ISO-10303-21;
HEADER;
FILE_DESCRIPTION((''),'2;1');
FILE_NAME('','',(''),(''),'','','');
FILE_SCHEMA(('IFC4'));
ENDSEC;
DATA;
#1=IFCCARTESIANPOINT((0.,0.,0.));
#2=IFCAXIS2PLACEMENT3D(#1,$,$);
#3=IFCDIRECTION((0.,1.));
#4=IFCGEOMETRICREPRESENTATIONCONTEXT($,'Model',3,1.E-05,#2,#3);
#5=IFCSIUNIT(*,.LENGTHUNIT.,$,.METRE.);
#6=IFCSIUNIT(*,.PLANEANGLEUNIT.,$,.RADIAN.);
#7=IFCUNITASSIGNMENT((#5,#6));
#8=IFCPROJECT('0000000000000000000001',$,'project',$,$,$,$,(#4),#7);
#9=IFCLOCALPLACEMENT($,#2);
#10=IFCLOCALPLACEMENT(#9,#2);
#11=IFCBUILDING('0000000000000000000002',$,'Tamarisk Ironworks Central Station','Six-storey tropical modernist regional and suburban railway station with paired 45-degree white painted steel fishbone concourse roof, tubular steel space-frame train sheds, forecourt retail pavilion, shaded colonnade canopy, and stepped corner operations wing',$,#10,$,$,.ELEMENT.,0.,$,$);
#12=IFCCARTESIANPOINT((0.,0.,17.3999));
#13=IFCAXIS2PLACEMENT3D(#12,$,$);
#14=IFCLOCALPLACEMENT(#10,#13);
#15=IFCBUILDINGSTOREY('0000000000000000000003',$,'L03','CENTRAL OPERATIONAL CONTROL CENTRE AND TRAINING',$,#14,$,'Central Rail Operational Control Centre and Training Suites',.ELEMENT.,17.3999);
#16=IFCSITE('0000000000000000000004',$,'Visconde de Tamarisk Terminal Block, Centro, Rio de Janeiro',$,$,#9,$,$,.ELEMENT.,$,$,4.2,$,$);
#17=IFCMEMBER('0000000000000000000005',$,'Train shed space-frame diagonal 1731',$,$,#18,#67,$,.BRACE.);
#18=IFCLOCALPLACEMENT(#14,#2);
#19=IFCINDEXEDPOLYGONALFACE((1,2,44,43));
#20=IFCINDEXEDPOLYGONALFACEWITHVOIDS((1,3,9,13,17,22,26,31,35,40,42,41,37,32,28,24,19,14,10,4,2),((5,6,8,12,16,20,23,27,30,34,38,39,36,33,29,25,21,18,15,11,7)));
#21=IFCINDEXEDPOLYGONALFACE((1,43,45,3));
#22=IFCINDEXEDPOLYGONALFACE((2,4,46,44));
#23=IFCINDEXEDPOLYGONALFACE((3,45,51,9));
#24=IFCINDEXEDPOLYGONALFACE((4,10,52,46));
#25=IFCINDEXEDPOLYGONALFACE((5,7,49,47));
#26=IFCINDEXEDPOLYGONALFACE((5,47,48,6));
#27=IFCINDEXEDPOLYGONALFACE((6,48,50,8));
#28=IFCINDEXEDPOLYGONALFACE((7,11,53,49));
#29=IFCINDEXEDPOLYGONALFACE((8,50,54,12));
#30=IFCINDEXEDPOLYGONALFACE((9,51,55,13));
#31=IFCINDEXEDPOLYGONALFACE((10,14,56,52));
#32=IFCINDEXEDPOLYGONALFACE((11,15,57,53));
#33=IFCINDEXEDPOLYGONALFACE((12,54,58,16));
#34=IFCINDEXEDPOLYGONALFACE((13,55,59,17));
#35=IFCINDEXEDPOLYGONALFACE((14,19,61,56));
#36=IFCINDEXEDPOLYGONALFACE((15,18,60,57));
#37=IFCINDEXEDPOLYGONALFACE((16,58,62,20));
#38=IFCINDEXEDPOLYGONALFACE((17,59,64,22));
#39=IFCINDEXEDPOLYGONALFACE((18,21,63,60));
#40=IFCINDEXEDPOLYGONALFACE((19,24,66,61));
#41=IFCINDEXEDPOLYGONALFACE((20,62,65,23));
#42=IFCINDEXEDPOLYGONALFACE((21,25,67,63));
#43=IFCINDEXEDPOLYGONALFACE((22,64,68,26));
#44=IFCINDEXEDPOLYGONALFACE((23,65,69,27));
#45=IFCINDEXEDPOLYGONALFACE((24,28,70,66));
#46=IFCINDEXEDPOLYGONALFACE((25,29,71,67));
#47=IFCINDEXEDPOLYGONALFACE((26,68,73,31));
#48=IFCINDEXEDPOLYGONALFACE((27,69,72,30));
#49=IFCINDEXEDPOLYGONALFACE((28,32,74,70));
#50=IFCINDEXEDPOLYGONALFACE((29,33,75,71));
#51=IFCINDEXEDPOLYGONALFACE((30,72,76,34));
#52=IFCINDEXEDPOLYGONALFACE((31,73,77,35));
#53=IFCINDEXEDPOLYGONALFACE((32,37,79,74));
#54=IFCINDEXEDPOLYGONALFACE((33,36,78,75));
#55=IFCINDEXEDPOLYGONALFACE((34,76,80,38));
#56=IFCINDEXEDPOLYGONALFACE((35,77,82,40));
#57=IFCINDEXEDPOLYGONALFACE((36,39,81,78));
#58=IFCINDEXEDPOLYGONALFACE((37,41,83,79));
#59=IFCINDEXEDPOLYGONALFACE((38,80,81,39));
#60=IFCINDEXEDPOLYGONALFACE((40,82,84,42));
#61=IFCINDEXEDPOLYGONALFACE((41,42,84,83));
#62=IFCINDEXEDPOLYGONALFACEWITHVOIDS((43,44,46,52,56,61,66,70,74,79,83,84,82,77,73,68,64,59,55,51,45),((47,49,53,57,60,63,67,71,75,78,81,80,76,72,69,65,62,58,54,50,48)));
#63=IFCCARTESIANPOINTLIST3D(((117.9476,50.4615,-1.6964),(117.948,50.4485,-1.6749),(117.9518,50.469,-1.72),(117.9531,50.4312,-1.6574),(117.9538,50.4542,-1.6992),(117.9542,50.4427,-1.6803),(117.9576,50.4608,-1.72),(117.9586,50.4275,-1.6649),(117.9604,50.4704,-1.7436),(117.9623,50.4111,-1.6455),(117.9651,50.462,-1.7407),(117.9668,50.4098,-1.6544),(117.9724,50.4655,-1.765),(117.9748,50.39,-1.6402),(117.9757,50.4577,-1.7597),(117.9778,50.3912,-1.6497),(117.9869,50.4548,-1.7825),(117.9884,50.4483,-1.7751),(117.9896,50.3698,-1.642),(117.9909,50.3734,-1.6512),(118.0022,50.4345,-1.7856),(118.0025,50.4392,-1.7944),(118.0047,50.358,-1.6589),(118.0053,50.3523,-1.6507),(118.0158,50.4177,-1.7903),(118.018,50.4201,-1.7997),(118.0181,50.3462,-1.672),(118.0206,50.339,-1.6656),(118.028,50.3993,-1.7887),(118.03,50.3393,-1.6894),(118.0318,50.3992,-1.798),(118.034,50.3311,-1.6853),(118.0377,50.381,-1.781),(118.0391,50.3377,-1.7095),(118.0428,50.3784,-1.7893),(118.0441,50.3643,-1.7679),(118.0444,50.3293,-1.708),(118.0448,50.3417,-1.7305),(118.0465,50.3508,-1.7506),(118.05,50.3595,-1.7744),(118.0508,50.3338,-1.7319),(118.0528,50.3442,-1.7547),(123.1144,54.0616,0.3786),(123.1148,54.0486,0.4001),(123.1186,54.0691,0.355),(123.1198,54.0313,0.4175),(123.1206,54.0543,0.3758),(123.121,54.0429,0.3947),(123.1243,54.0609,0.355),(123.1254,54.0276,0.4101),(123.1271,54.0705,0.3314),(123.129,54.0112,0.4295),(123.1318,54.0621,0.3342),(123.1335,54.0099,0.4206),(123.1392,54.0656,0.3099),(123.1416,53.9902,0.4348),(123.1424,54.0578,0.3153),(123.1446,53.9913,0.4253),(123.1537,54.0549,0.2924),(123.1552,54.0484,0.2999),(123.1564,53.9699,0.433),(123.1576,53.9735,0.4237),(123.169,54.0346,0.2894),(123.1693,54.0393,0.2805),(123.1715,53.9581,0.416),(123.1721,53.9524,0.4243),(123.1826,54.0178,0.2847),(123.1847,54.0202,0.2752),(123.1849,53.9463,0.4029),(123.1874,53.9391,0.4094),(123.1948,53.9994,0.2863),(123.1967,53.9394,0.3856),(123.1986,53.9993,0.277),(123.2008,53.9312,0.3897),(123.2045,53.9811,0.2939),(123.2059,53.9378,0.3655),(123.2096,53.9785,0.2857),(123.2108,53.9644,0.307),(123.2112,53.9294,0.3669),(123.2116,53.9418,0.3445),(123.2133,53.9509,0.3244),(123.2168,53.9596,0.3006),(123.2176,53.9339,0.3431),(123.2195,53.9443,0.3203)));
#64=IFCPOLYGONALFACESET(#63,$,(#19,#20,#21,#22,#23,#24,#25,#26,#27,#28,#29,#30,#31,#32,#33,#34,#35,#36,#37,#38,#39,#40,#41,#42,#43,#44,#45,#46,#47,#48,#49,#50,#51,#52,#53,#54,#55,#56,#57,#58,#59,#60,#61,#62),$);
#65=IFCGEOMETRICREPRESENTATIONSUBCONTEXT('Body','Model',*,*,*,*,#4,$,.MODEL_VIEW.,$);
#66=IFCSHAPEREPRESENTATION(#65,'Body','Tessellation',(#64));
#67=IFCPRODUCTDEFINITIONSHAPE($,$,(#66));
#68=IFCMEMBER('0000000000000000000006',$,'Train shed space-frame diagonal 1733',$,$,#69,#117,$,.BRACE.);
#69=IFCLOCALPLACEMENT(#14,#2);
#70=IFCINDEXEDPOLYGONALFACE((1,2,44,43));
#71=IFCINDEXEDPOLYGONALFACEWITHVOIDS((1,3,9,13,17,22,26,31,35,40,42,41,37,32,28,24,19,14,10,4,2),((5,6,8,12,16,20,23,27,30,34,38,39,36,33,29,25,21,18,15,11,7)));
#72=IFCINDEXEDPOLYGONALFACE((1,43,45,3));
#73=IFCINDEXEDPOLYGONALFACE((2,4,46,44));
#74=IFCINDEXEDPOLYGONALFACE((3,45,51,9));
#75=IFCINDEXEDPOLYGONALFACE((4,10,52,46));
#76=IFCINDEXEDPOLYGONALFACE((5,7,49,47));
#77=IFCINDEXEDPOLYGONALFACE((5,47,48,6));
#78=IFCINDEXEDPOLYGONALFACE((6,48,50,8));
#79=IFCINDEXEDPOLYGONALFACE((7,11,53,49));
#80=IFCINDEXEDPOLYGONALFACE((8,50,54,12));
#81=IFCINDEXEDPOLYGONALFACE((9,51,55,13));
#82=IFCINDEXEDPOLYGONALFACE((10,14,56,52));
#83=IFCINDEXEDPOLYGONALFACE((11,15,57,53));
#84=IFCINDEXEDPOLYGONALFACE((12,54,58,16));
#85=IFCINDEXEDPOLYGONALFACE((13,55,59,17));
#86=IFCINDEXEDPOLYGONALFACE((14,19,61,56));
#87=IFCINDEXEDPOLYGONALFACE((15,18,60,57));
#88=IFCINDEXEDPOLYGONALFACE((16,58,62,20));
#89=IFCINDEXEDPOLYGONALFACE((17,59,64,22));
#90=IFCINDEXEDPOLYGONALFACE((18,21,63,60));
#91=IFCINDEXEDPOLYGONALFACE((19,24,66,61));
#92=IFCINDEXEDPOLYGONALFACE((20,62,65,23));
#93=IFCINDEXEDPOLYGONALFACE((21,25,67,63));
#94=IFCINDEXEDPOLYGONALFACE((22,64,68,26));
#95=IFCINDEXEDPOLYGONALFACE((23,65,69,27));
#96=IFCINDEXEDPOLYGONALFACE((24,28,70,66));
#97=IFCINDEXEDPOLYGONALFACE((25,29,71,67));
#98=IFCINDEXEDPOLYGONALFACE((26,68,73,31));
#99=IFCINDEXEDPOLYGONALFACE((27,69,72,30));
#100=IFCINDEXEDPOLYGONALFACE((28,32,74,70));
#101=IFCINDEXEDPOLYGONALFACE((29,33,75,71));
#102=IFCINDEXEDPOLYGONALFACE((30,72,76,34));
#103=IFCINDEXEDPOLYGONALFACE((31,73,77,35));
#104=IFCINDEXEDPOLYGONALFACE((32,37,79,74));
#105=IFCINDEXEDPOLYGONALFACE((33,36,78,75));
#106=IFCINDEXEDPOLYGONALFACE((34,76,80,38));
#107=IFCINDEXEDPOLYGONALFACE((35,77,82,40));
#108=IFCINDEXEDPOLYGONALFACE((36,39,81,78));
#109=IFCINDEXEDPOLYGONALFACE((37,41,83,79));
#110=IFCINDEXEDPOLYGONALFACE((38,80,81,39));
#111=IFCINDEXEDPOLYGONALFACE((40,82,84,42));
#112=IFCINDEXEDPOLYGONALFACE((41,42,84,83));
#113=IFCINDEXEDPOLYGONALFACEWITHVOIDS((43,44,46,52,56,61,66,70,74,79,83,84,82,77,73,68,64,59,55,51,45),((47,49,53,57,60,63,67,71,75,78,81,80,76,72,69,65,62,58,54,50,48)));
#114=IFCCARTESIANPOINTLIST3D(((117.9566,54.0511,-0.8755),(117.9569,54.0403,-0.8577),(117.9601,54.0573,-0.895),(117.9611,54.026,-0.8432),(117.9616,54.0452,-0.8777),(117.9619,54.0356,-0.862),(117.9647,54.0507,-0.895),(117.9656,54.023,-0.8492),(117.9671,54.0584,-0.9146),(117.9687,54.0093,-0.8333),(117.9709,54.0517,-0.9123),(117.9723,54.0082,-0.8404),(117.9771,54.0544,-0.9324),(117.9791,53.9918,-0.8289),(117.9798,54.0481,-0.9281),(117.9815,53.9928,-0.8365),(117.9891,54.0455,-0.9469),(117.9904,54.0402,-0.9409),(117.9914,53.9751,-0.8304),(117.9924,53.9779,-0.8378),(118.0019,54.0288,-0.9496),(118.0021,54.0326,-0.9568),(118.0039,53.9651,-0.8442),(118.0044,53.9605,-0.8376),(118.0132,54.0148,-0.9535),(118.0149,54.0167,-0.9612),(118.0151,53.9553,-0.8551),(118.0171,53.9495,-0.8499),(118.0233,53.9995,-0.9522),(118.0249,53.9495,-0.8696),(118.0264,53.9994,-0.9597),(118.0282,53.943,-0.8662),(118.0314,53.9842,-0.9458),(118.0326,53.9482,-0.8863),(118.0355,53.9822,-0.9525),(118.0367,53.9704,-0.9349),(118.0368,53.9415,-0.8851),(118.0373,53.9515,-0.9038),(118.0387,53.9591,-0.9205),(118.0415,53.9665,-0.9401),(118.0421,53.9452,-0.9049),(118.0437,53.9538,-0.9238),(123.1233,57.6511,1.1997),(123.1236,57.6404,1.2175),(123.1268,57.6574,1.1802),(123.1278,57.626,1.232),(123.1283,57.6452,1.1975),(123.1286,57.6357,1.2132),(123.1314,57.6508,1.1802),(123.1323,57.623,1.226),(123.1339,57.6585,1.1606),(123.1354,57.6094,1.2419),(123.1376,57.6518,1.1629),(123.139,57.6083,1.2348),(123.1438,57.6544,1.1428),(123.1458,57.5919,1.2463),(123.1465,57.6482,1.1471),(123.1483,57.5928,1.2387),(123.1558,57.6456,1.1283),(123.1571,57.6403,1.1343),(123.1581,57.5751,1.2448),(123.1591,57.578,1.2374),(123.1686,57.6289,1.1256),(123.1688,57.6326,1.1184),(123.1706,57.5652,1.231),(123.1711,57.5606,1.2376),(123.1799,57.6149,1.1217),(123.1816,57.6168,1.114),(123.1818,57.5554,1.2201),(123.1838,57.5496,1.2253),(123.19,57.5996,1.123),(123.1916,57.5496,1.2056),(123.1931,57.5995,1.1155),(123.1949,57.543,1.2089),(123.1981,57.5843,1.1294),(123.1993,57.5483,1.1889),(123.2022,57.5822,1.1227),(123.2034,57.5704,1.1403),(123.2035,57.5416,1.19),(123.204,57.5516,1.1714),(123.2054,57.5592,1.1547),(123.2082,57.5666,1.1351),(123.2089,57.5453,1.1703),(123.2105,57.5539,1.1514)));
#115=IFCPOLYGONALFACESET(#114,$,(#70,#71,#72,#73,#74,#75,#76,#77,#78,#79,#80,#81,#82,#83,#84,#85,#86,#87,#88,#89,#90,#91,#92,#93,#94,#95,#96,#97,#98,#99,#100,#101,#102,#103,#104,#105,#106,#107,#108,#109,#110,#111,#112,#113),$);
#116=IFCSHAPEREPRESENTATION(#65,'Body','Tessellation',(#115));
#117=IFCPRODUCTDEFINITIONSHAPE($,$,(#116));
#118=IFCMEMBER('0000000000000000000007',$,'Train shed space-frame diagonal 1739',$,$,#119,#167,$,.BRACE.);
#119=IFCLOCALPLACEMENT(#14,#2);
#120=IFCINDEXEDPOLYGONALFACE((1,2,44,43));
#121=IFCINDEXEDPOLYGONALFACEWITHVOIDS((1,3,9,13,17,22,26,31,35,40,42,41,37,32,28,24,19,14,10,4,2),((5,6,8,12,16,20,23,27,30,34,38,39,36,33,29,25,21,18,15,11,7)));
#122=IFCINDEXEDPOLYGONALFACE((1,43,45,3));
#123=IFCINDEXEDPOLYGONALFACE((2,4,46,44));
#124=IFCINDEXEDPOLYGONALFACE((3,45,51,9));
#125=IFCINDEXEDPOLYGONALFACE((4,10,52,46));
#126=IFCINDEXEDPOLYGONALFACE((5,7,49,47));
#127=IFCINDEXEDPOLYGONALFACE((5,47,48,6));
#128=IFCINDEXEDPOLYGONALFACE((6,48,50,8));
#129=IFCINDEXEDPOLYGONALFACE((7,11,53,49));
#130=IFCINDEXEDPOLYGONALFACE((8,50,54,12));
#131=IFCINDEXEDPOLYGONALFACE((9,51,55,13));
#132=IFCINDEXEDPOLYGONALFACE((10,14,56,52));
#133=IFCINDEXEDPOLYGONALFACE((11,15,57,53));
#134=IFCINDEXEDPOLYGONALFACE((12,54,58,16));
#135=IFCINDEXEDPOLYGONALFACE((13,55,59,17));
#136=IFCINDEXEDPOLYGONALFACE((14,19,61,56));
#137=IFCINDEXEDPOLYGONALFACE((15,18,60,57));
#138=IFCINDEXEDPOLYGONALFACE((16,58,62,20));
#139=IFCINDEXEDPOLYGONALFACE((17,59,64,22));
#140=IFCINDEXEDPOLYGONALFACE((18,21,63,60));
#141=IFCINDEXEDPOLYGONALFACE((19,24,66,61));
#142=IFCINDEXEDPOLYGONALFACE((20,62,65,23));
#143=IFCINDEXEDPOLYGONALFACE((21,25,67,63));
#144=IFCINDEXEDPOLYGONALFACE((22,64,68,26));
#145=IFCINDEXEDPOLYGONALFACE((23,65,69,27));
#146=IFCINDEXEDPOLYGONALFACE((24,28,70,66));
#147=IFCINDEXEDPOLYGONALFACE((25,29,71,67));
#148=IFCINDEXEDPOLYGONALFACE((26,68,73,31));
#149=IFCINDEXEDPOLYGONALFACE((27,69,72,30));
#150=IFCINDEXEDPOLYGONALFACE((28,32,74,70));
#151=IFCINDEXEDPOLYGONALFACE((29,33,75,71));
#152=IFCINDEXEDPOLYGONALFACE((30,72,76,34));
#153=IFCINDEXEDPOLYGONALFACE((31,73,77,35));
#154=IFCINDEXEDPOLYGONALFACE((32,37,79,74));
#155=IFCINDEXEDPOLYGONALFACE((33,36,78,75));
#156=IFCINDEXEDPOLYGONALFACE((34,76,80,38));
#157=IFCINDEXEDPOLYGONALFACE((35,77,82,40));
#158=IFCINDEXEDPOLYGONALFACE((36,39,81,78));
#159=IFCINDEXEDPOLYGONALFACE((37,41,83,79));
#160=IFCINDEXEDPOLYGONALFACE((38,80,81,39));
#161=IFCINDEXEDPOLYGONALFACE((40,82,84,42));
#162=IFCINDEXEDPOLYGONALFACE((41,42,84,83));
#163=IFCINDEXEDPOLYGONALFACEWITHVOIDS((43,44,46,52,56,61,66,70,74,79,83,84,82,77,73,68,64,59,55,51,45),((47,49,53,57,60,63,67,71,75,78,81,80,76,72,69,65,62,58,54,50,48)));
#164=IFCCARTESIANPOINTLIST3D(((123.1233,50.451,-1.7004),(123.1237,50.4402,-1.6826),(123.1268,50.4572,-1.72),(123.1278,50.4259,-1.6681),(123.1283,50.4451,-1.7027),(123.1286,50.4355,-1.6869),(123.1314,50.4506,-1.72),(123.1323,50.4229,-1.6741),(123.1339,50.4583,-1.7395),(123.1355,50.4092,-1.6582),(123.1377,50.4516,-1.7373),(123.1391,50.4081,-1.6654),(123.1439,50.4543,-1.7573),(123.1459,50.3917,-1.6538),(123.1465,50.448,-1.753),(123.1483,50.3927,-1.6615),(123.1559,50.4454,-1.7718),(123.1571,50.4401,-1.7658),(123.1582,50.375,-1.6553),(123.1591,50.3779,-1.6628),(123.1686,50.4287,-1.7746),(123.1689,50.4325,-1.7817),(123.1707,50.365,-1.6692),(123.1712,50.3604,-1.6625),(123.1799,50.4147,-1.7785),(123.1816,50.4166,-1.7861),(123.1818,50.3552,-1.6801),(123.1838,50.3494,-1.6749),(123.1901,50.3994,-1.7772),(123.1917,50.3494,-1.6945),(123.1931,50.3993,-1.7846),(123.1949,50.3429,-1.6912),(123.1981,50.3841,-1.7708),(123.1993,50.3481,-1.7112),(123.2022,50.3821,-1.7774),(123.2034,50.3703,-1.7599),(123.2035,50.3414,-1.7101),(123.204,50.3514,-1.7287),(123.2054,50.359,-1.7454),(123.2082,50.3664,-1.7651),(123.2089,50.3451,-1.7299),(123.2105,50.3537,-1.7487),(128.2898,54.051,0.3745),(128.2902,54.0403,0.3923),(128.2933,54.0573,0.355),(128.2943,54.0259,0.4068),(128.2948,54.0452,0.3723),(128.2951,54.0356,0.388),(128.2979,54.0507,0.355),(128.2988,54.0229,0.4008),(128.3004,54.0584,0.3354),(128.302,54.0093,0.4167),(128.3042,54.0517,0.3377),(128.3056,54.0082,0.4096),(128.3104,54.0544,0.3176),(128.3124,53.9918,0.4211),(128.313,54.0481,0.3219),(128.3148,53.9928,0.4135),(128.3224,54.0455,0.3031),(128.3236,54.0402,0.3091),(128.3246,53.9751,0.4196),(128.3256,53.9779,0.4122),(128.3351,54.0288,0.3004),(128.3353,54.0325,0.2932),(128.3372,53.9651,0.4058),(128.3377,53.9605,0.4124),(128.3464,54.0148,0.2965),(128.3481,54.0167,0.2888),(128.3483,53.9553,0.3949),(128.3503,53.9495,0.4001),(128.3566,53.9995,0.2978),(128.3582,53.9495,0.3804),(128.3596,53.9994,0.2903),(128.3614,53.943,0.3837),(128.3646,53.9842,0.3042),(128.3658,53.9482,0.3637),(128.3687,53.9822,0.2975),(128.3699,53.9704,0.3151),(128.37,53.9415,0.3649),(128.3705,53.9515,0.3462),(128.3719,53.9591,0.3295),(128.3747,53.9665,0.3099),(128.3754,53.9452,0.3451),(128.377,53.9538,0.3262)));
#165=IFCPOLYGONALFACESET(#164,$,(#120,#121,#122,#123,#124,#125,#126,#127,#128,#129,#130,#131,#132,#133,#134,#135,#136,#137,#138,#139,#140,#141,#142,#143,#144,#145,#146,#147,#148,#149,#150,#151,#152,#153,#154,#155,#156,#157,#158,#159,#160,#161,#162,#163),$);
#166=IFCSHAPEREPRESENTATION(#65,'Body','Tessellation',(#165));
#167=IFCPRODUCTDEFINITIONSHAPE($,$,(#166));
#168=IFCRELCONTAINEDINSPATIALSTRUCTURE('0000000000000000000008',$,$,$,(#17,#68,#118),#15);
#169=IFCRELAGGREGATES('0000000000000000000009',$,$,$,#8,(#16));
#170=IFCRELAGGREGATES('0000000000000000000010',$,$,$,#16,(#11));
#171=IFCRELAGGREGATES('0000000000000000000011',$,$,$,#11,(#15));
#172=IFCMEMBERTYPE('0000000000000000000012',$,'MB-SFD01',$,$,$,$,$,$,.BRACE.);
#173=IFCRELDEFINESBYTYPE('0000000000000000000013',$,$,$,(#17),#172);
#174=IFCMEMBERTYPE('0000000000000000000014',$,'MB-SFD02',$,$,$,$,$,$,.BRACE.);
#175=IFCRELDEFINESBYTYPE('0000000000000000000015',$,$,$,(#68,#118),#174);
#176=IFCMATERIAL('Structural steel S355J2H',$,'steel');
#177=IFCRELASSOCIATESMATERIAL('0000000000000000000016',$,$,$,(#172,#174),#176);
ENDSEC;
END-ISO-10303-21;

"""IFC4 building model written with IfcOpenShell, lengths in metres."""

from ifc_helpers import new_model, si_unit, direction, frame, origin, origin_2d, place, context, subcontext, project, spatial, hollow_circle, extrude, material, material_profile, profile_set, type_object, element, save


model = new_model("IFC4")

# Units and contexts
model_context = context("Model", 3, precision=1e-05, world=origin(), true_north=direction((0.0, 1.0)))
body_context = subcontext(model_context, "Body", "Model", "MODEL_VIEW")
ifc_project = project(units=[si_unit("LENGTHUNIT", "METRE"), si_unit("PLANEANGLEUNIT", "RADIAN")], contexts=[model_context])

# Site, building, storey
site_placement = place(None, origin())
site = spatial("IfcSite", under=ifc_project, at=site_placement, Name="Visconde de Tamarisk Terminal Block, Centro, Rio de Janeiro", CompositionType="ELEMENT", RefElevation=4.2)
building_placement = place(site_placement, origin())
building = spatial("IfcBuilding", under=site, at=building_placement, Name="Tamarisk Ironworks Central Station", Description="Six-storey tropical modernist regional and suburban railway station with paired 45-degree white painted steel fishbone concourse roof, tubular steel space-frame train sheds, forecourt retail pavilion, shaded colonnade canopy, and stepped corner operations wing", CompositionType="ELEMENT", ElevationOfRefHeight=0.0)
storey_placement = place(building_placement, frame((0.0, 0.0, 17.3999)))
storey = spatial("IfcBuildingStorey", under=building, at=storey_placement, Name="L03", Description="CENTRAL OPERATIONAL CONTROL CENTRE AND TRAINING", LongName="Central Rail Operational Control Centre and Training Suites", CompositionType="ELEMENT", Elevation=17.3999)

# Members
ifc_material_1 = material(Name="Structural steel S355J2H", Category="steel")
ifc_material_profile_1 = material_profile(ifc_material_1, hollow_circle(Radius=0.0842, WallThickness=0.01, at=origin_2d()), Name="CHS 168.3x10")
ifc_profile_set_1 = profile_set([ifc_material_profile_1], Name="Structural steel S355J2H")
member_type_1 = type_object("IfcMemberType", Name="MB-SFD01", PredefinedType="BRACE", material=ifc_profile_set_1)
member_1_placement = place(storey_placement, frame((118.0, 50.3999, -1.72), z_axis=(0.779258, 0.542973, 0.312948), x_axis=(-0.571689, 0.82047, 0.0)))
element("IfcMember", 1, at=member_1_placement, inside=storey, type_object=member_type_1, Name="Train shed space-frame diagonal 1731", PredefinedType="BRACE", context=body_context, shape_type="SweptSolid", body=[
    extrude(hollow_circle(Radius=0.0842, WallThickness=0.01, at=origin_2d()), origin(), (0.0, 0.0, 1.0), 6.6304),
])
ifc_material_profile_2 = material_profile(ifc_material_1, hollow_circle(Radius=0.0698, WallThickness=0.0081, at=origin_2d()), Name="CHS 139.7x8")
ifc_profile_set_2 = profile_set([ifc_material_profile_2], Name="Structural steel S355J2H")
member_type_2 = type_object("IfcMemberType", Name="MB-SFD02", PredefinedType="BRACE", material=ifc_profile_set_2)
member_2_placement = place(storey_placement, frame((118.0, 54.0, -0.895), z_axis=(0.779249, 0.542967, 0.312981), x_axis=(-0.571689, 0.82047, 0.0)))
element("IfcMember", 2, at=member_2_placement, inside=storey, type_object=member_type_2, Name="Train shed space-frame diagonal 1733", PredefinedType="BRACE", context=body_context, shape_type="SweptSolid", body=[
    extrude(hollow_circle(Radius=0.0698, WallThickness=0.0081, at=origin_2d()), origin(), (0.0, 0.0, 1.0), 6.6304),
])
member_3_placement = place(storey_placement, frame((123.1667, 50.3999, -1.72), z_axis=(0.779244, 0.542989, 0.312957), x_axis=(-0.571707, 0.820458, 0.0)))
element("IfcMember", 3, at=member_3_placement, inside=storey, type_object=member_type_2, Name="Train shed space-frame diagonal 1739", PredefinedType="BRACE", context=body_context, shape_type="SweptSolid", body=[
    extrude(hollow_circle(Radius=0.0698, WallThickness=0.0081, at=origin_2d()), origin(), (0.0, 0.0, 1.0), 6.6301),
])

save(model, "model.ifc")
